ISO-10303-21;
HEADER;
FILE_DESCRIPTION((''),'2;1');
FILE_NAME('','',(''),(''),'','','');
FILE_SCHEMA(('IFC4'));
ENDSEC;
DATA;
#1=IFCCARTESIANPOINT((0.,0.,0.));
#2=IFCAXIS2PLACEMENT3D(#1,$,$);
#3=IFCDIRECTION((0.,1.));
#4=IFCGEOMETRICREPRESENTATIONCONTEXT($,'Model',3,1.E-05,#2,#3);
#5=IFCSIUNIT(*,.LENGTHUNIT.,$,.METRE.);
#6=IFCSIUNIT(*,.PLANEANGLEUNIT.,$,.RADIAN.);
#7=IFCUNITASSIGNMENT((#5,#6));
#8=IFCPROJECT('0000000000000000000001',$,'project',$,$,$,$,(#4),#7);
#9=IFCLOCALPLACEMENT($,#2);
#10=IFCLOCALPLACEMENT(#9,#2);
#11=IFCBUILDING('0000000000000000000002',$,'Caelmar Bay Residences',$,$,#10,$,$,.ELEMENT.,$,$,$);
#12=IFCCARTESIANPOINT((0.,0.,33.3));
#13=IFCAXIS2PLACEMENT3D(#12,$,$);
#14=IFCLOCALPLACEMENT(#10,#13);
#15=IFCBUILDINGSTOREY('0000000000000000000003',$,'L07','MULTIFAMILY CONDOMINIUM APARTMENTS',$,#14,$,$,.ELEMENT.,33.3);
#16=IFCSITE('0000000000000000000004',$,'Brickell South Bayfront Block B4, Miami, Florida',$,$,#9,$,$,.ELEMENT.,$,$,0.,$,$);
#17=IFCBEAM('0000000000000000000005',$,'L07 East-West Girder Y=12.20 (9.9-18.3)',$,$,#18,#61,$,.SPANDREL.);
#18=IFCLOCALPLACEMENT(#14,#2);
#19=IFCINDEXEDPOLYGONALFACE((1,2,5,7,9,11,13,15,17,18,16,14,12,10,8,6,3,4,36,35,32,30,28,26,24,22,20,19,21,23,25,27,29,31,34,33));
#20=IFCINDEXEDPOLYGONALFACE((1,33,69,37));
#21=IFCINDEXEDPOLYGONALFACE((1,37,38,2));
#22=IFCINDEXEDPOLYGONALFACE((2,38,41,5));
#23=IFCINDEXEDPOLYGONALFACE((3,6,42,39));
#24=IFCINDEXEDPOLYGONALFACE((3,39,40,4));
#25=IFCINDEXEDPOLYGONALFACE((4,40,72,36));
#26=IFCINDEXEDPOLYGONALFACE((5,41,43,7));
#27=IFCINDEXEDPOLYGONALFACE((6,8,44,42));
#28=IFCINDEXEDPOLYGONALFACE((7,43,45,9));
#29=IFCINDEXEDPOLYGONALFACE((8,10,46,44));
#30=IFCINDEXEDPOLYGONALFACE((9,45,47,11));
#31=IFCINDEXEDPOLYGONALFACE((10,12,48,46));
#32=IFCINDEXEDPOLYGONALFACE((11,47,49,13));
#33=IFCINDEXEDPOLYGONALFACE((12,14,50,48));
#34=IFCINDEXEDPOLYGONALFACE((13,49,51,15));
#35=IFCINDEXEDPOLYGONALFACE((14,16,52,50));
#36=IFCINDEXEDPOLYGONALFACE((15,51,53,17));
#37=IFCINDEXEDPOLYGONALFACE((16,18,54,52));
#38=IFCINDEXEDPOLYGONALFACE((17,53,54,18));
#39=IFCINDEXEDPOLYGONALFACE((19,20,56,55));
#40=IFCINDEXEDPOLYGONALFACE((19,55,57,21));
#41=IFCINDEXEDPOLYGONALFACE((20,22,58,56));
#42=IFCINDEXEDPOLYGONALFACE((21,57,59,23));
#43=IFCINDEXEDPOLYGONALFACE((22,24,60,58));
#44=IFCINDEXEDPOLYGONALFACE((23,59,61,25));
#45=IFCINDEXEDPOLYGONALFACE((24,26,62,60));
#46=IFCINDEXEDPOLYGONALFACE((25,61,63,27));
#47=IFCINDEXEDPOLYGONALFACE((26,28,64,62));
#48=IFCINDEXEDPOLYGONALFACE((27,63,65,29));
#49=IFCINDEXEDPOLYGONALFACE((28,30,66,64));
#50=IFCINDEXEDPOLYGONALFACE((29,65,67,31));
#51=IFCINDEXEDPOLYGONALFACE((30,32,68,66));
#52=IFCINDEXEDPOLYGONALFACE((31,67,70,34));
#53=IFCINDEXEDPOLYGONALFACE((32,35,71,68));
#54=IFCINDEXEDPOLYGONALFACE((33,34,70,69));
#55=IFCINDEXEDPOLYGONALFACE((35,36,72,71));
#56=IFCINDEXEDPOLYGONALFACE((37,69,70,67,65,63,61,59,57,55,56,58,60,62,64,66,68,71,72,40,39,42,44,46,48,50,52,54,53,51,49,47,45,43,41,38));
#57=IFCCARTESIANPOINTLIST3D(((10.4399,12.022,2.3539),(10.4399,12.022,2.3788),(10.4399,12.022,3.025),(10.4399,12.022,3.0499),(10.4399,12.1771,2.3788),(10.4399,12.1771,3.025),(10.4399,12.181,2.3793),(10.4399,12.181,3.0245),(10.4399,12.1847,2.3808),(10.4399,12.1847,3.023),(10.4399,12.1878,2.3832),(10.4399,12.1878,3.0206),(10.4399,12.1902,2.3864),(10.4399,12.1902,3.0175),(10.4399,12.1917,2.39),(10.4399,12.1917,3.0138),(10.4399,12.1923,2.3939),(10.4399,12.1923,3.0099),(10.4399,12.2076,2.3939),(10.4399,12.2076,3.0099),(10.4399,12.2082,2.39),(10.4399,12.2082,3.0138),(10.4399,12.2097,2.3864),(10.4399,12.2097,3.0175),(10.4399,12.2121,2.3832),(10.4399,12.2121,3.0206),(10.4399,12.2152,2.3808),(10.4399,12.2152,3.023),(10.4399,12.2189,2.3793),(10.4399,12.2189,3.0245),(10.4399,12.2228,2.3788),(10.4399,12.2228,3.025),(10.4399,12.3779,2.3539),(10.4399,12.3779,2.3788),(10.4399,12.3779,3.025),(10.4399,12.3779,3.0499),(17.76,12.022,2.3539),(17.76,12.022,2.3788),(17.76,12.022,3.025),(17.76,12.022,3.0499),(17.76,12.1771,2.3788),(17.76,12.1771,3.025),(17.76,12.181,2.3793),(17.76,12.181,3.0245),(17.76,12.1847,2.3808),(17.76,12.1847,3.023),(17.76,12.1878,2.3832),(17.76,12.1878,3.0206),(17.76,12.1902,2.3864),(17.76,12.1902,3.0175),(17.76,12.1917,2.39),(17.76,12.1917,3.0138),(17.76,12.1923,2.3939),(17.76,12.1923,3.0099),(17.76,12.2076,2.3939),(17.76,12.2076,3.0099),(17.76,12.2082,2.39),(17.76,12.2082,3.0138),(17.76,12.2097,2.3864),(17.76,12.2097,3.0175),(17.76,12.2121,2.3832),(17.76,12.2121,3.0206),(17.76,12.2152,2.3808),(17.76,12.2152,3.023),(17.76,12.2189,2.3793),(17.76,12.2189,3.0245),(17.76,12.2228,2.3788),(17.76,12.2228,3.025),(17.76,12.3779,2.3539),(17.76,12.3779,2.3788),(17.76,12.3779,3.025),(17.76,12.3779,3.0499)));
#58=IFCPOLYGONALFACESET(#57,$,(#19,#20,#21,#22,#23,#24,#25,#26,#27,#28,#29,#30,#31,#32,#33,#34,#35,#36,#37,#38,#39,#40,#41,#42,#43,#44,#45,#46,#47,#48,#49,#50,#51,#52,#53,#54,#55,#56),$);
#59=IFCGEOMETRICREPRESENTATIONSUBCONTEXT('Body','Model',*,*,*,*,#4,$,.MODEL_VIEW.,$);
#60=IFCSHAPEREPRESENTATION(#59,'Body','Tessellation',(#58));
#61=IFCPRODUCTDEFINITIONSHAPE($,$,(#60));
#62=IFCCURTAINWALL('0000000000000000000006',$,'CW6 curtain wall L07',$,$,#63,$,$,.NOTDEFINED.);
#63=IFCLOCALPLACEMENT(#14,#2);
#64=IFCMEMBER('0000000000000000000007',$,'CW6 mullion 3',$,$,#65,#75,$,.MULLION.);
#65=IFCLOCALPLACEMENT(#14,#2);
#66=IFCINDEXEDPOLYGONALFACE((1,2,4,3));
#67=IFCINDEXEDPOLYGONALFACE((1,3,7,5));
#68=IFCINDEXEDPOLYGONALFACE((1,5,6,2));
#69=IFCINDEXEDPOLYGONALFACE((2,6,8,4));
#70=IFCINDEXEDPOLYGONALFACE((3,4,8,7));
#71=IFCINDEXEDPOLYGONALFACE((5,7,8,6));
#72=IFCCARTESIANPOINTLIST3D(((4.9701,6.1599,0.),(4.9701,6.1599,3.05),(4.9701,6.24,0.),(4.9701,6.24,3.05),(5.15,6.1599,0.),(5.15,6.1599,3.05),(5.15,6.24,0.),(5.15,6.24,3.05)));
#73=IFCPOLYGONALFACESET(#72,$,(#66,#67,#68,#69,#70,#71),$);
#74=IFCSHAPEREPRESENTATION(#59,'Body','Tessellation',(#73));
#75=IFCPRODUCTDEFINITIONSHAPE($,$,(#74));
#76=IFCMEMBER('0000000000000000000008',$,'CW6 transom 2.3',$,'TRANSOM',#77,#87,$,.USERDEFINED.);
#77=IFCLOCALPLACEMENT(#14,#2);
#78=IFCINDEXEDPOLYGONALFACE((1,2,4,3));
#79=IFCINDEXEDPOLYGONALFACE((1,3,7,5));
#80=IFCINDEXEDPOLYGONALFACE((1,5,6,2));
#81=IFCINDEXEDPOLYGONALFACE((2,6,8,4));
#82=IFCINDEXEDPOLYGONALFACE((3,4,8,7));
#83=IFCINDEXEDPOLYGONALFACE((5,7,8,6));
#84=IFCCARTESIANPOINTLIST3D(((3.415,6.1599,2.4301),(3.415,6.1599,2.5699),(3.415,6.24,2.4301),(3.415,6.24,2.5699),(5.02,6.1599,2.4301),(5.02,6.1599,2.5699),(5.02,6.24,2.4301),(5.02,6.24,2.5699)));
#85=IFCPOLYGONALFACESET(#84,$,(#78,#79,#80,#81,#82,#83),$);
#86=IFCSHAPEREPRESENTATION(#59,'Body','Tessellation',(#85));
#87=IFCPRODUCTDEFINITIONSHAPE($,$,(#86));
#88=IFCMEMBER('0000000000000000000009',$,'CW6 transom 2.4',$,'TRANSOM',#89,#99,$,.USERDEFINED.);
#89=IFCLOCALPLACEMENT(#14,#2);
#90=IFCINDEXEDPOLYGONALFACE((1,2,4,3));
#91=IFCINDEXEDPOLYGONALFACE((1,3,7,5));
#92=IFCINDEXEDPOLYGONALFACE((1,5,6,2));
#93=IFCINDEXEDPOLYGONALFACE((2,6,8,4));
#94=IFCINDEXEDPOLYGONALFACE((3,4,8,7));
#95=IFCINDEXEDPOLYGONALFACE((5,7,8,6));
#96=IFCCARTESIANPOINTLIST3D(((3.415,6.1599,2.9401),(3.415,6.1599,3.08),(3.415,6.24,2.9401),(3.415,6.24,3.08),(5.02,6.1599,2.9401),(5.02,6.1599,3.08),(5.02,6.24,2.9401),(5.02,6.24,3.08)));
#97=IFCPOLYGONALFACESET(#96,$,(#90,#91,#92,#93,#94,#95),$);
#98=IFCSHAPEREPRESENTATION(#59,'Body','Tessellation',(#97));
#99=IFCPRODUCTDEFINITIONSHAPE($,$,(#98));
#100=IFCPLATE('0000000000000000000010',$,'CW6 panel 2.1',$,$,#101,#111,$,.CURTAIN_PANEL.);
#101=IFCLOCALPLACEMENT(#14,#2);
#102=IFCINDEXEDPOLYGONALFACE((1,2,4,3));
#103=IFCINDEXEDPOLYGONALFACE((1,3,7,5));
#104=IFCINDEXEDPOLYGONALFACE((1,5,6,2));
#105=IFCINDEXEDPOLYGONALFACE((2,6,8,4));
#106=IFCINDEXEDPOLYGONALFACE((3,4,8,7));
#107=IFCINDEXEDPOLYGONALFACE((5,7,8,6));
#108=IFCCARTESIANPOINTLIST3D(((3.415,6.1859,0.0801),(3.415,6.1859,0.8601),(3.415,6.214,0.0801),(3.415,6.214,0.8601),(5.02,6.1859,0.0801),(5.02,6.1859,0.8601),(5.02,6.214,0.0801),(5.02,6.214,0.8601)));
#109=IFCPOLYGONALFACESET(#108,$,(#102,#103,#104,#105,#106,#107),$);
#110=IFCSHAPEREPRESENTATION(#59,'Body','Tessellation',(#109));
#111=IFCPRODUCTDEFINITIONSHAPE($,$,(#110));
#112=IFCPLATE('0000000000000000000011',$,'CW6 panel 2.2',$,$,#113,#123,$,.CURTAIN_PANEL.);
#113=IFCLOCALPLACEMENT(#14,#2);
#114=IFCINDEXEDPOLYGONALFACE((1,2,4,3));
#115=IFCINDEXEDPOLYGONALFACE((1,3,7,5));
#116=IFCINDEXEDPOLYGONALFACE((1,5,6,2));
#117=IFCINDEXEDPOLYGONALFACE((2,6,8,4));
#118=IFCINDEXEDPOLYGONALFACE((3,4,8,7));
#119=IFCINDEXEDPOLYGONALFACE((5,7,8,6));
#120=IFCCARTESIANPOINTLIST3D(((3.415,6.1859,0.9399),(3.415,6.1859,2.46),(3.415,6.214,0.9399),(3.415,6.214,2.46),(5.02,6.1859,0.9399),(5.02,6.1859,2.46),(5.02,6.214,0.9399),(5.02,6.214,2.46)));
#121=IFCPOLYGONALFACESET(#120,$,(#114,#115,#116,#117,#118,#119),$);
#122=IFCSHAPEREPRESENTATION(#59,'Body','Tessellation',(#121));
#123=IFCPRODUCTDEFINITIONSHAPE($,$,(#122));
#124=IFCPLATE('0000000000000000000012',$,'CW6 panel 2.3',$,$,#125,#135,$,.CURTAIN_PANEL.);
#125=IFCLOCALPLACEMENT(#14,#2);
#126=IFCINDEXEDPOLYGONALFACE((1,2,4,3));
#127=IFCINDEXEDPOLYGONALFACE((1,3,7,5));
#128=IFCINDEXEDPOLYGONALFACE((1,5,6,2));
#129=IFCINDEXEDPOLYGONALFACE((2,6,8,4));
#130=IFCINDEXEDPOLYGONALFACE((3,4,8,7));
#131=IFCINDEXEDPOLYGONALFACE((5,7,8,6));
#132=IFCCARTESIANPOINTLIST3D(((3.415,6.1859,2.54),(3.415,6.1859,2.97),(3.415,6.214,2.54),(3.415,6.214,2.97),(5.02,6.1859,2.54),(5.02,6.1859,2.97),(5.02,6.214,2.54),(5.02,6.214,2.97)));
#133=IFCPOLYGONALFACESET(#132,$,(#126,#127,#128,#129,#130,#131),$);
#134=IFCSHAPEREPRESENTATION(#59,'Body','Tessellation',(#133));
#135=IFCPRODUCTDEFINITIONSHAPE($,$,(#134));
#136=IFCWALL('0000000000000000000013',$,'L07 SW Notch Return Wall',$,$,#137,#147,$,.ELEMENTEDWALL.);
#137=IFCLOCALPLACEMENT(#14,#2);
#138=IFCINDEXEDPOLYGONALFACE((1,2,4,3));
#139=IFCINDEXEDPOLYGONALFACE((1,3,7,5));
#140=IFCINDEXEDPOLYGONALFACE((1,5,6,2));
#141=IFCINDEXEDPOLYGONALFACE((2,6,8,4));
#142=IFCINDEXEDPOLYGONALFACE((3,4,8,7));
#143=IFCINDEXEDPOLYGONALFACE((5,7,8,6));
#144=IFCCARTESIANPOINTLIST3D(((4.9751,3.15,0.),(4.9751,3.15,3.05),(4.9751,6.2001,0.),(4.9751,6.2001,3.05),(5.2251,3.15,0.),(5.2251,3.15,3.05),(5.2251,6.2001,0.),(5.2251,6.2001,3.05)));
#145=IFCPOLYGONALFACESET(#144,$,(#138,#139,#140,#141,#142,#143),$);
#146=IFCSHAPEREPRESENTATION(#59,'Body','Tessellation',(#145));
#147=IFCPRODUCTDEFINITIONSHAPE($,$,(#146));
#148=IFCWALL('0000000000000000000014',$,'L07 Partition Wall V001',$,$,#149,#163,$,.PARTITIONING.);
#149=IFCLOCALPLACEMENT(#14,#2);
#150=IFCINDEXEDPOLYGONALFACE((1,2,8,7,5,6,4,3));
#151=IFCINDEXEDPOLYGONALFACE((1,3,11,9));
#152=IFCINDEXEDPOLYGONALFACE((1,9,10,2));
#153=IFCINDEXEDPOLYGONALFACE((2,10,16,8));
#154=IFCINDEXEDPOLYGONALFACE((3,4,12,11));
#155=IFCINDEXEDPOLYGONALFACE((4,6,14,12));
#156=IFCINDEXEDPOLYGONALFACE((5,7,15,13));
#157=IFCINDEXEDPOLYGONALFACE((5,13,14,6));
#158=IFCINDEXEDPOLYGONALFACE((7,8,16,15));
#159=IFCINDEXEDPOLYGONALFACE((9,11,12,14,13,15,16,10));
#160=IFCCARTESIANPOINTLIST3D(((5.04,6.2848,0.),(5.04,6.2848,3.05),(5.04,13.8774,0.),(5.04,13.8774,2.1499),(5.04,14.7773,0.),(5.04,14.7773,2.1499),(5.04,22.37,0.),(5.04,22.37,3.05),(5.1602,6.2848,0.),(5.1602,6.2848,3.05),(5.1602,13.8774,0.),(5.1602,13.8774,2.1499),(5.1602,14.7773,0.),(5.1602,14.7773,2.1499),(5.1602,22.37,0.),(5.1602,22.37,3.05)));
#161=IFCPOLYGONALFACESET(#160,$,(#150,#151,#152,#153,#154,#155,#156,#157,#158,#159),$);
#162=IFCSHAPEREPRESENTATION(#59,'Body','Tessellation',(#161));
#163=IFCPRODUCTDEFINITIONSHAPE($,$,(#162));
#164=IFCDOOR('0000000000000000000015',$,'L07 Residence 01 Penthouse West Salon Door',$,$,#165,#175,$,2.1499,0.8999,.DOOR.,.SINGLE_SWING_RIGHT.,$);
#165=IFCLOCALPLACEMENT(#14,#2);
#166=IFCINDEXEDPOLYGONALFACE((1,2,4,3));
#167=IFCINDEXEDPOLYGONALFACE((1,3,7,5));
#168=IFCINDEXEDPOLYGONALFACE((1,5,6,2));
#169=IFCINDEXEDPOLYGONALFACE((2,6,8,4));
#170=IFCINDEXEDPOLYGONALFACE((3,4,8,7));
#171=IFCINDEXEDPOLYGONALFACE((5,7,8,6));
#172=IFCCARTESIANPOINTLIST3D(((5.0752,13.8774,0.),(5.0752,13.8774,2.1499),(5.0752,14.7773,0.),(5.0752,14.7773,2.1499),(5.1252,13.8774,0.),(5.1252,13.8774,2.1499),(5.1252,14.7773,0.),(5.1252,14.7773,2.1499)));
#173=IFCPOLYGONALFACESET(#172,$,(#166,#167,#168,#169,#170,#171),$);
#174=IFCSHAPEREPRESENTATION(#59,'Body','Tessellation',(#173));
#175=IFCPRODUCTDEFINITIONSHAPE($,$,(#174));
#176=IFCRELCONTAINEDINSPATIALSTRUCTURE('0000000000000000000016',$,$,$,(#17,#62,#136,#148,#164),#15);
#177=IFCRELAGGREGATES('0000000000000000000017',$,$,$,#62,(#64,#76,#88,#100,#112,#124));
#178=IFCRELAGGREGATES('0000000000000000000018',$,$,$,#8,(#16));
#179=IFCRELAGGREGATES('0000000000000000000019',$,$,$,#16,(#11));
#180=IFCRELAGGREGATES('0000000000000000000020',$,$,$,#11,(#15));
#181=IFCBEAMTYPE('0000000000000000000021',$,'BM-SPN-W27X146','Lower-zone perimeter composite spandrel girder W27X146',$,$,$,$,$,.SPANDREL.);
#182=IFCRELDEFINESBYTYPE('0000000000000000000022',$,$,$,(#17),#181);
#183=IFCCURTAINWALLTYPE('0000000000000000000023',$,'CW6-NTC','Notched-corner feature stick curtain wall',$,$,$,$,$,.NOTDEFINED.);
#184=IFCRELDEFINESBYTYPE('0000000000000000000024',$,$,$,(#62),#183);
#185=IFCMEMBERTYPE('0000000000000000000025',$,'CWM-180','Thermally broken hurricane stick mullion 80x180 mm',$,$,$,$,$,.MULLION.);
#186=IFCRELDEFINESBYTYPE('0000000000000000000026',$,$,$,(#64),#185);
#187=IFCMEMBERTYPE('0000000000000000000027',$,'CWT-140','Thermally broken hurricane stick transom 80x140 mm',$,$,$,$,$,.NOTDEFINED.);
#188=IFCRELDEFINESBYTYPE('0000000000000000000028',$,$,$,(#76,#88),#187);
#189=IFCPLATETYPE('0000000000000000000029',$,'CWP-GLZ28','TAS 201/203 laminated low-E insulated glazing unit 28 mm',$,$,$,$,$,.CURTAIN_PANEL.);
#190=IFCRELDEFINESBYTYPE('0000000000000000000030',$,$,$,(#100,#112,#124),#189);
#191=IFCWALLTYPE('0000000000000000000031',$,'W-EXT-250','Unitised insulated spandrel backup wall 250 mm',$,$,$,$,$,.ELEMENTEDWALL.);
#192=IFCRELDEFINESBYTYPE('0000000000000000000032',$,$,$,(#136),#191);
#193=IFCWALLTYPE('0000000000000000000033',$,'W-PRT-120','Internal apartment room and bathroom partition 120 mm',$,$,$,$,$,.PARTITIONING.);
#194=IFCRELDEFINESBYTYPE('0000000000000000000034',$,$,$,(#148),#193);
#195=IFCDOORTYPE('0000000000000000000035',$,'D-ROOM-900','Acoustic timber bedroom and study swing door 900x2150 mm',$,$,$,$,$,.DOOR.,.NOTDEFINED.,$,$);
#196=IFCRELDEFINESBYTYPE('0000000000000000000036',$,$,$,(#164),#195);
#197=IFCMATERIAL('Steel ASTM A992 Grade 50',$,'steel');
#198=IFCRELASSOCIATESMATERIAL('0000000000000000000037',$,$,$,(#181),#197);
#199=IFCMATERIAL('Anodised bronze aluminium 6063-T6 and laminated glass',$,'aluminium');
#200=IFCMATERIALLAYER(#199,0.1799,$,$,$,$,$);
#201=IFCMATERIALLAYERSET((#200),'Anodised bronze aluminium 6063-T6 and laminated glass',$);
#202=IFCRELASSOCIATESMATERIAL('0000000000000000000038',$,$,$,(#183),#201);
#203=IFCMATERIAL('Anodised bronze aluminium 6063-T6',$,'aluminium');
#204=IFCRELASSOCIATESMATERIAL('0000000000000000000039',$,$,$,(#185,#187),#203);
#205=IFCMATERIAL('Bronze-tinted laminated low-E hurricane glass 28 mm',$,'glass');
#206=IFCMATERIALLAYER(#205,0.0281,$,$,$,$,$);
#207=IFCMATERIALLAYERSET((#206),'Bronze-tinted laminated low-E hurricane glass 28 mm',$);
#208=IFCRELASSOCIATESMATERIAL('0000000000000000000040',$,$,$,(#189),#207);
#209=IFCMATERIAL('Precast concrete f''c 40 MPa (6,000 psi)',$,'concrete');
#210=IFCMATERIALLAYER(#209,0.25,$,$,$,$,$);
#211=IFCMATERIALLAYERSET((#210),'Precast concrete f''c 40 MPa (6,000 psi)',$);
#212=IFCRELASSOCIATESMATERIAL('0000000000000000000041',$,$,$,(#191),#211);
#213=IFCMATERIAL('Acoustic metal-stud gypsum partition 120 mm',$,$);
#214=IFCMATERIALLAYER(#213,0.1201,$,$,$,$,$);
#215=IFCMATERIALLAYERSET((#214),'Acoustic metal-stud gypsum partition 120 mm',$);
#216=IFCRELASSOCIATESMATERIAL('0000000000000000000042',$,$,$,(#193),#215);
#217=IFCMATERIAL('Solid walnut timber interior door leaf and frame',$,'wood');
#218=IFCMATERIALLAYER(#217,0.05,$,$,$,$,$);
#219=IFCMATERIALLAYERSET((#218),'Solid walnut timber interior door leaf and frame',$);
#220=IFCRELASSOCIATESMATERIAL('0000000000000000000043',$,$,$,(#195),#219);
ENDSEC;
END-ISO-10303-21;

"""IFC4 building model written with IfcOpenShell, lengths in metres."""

from ifc_helpers import new_model, si_unit, direction, frame, frame_2d, origin, origin_2d, place, context, subcontext, project, spatial, rectangle, i_section, extrude, material, layer, layer_set, material_profile, profile_set, type_object, element, fill, aggregate, save


model = new_model("IFC4")

# Units and contexts
model_context = context("Model", 3, precision=1e-05, world=origin(), true_north=direction((0.0, 1.0)))
body_context = subcontext(model_context, "Body", "Model", "MODEL_VIEW")
ifc_project = project(units=[si_unit("LENGTHUNIT", "METRE"), si_unit("PLANEANGLEUNIT", "RADIAN")], contexts=[model_context])

# Site, building, storey
site_placement = place(None, origin())
site = spatial("IfcSite", under=ifc_project, at=site_placement, Name="Brickell South Bayfront Block B4, Miami, Florida", CompositionType="ELEMENT", RefElevation=0.0)
building_placement = place(site_placement, origin())
building = spatial("IfcBuilding", under=site, at=building_placement, Name="Caelmar Bay Residences", CompositionType="ELEMENT")
storey_placement = place(building_placement, frame((0.0, 0.0, 33.3)))
storey = spatial("IfcBuildingStorey", under=building, at=storey_placement, Name="L07", Description="MULTIFAMILY CONDOMINIUM APARTMENTS", CompositionType="ELEMENT", Elevation=33.3)

# Beam
ifc_material_1 = material(Name="Steel ASTM A992 Grade 50", Category="steel")
ifc_material_profile_1 = material_profile(ifc_material_1, i_section(OverallWidth=0.356, OverallDepth=0.696, WebThickness=0.0154, FlangeThickness=0.0249, FilletRadius=0.0151, at=origin_2d()), Name="W27X146")
ifc_profile_set_1 = profile_set([ifc_material_profile_1], Name="Steel ASTM A992 Grade 50")
beam_type_1 = type_object("IfcBeamType", Name="BM-SPN-W27X146", Description="Lower-zone perimeter composite spandrel girder W27X146", PredefinedType="SPANDREL", material=ifc_profile_set_1)
beam_1_placement = place(storey_placement, frame((10.4399, 12.2, 2.7019), z_axis=(1.0, 0.0, 0.0), x_axis=(0.0, 1.0, 0.0)))
element("IfcBeam", 1, at=beam_1_placement, inside=storey, type_object=beam_type_1, Name="L07 East-West Girder Y=12.20 (9.9-18.3)", PredefinedType="SPANDREL", context=body_context, shape_type="SweptSolid", body=[
    extrude(i_section(OverallWidth=0.356, OverallDepth=0.696, WebThickness=0.0154, FlangeThickness=0.0249, FilletRadius=0.0151, at=origin_2d()), origin(), (0.0, 0.0, 1.0), 7.3201),
])

# Curtain wall, members, plates
ifc_material_2 = material(Name="Anodised bronze aluminium 6063-T6 and laminated glass", Category="aluminium")
ifc_layer_1 = layer(ifc_material_2, 0.1799)
ifc_layer_set_1 = layer_set([ifc_layer_1], Name="Anodised bronze aluminium 6063-T6 and laminated glass")
curtain_wall_type = type_object("IfcCurtainWallType", Name="CW6-NTC", Description="Notched-corner feature stick curtain wall", PredefinedType="NOTDEFINED", material=ifc_layer_set_1)
curtain_wall_placement = place(storey_placement, origin())
curtain_wall = element("IfcCurtainWall", 2, at=curtain_wall_placement, inside=storey, type_object=curtain_wall_type, Name="CW6 curtain wall L07", PredefinedType="NOTDEFINED")
ifc_material_3 = material(Name="Anodised bronze aluminium 6063-T6", Category="aluminium")
ifc_material_profile_2 = material_profile(ifc_material_3, rectangle(XDim=0.0801, YDim=0.1799, at=origin_2d()), Name="CWM-80X180")
ifc_profile_set_2 = profile_set([ifc_material_profile_2], Name="Anodised bronze aluminium 6063-T6")
member_type_1 = type_object("IfcMemberType", Name="CWM-180", Description="Thermally broken hurricane stick mullion 80x180 mm", PredefinedType="MULLION", material=ifc_profile_set_2)
member_1_placement = place(storey_placement, frame((5.0601, 6.2, 0.0), z_axis=(0.0, 0.0, 1.0), x_axis=(0.0, 1.0, 0.0)))
member_1 = element("IfcMember", 3, at=member_1_placement, type_object=member_type_1, Name="CW6 mullion 3", PredefinedType="MULLION", context=body_context, shape_type="SweptSolid", body=[
    extrude(rectangle(XDim=0.0801, YDim=0.1799, at=origin_2d()), origin(), (0.0, 0.0, 1.0), 3.05),
])
ifc_material_profile_3 = material_profile(ifc_material_3, rectangle(XDim=0.0801, YDim=0.1399, at=origin_2d()), Name="CWT-80X140")
ifc_profile_set_3 = profile_set([ifc_material_profile_3], Name="Anodised bronze aluminium 6063-T6")
member_type_2 = type_object("IfcMemberType", Name="CWT-140", Description="Thermally broken hurricane stick transom 80x140 mm", PredefinedType="NOTDEFINED", material=ifc_profile_set_3)
member_2_placement = place(storey_placement, frame((3.415, 6.2, 2.5), z_axis=(1.0, 0.0, 0.0), x_axis=(0.0, 1.0, 0.0)))
member_2 = element("IfcMember", 4, at=member_2_placement, type_object=member_type_2, Name="CW6 transom 2.3", ObjectType="TRANSOM", PredefinedType="USERDEFINED", context=body_context, shape_type="SweptSolid", body=[
    extrude(rectangle(XDim=0.0801, YDim=0.1399, at=origin_2d()), origin(), (0.0, 0.0, 1.0), 1.605),
])
member_3_placement = place(storey_placement, frame((3.415, 6.2, 3.01), z_axis=(1.0, 0.0, 0.0), x_axis=(0.0, 1.0, 0.0)))
member_3 = element("IfcMember", 5, at=member_3_placement, type_object=member_type_2, Name="CW6 transom 2.4", ObjectType="TRANSOM", PredefinedType="USERDEFINED", context=body_context, shape_type="SweptSolid", body=[
    extrude(rectangle(XDim=0.0801, YDim=0.1399, at=origin_2d()), origin(), (0.0, 0.0, 1.0), 1.605),
])
ifc_material_4 = material(Name="Bronze-tinted laminated low-E hurricane glass 28 mm", Category="glass")
ifc_layer_2 = layer(ifc_material_4, 0.0281)
ifc_layer_set_2 = layer_set([ifc_layer_2], Name="Bronze-tinted laminated low-E hurricane glass 28 mm")
plate_type = type_object("IfcPlateType", Name="CWP-GLZ28", Description="TAS 201/203 laminated low-E insulated glazing unit 28 mm", PredefinedType="CURTAIN_PANEL", material=ifc_layer_set_2)
plate_1_placement = place(storey_placement, frame((4.2175, 6.2, 0.0801), z_axis=(0.0, 0.0, 1.0), x_axis=(1.0, 0.0, 0.0)))
plate_1 = element("IfcPlate", 6, at=plate_1_placement, type_object=plate_type, Name="CW6 panel 2.1", PredefinedType="CURTAIN_PANEL", context=body_context, shape_type="SweptSolid", body=[
    extrude(rectangle(XDim=1.605, YDim=0.0281, at=origin_2d()), origin(), (0.0, 0.0, 1.0), 0.78),
])
plate_2_placement = place(storey_placement, frame((4.2175, 6.2, 0.9399), z_axis=(0.0, 0.0, 1.0), x_axis=(1.0, 0.0, 0.0)))
plate_2 = element("IfcPlate", 7, at=plate_2_placement, type_object=plate_type, Name="CW6 panel 2.2", PredefinedType="CURTAIN_PANEL", context=body_context, shape_type="SweptSolid", body=[
    extrude(rectangle(XDim=1.605, YDim=0.0281, at=origin_2d()), origin(), (0.0, 0.0, 1.0), 1.52),
])
plate_3_placement = place(storey_placement, frame((4.2175, 6.2, 2.54), z_axis=(0.0, 0.0, 1.0), x_axis=(1.0, 0.0, 0.0)))
plate_3 = element("IfcPlate", 8, at=plate_3_placement, type_object=plate_type, Name="CW6 panel 2.3", PredefinedType="CURTAIN_PANEL", context=body_context, shape_type="SweptSolid", body=[
    extrude(rectangle(XDim=1.605, YDim=0.0281, at=origin_2d()), origin(), (0.0, 0.0, 1.0), 0.4299),
])
aggregate(curtain_wall, [member_1, member_2, member_3, plate_1, plate_2, plate_3])

# Wall
ifc_material_5 = material(Name="Precast concrete f'c 40 MPa (6,000 psi)", Category="concrete")
ifc_layer_3 = layer(ifc_material_5, 0.25)
ifc_layer_set_3 = layer_set([ifc_layer_3], Name="Precast concrete f'c 40 MPa (6,000 psi)")
wall_type_1 = type_object("IfcWallType", Name="W-EXT-250", Description="Unitised insulated spandrel backup wall 250 mm", PredefinedType="ELEMENTEDWALL", material=ifc_layer_set_3)
wall_1_placement = place(storey_placement, frame((5.1001, 6.2, 0.0), z_axis=(0.0, 0.0, 1.0), x_axis=(0.0, -1.0, 0.0)))
element("IfcWall", 9, at=wall_1_placement, inside=storey, type_object=wall_type_1, Name="L07 SW Notch Return Wall", PredefinedType="ELEMENTEDWALL", context=body_context, shape_type="SweptSolid", body=[
    extrude(rectangle(XDim=3.05, YDim=0.25, at=frame_2d((1.5249, 0.0))), origin(), (0.0, 0.0, 1.0), 3.05),
])

# Wall, opening, door
ifc_material_6 = material(Name="Acoustic metal-stud gypsum partition 120 mm")
ifc_layer_4 = layer(ifc_material_6, 0.1201)
ifc_layer_set_4 = layer_set([ifc_layer_4], Name="Acoustic metal-stud gypsum partition 120 mm")
wall_type_2 = type_object("IfcWallType", Name="W-PRT-120", Description="Internal apartment room and bathroom partition 120 mm", PredefinedType="PARTITIONING", material=ifc_layer_set_4)
wall_2_placement = place(storey_placement, frame((5.1001, 6.2849, 0.0), z_axis=(0.0, 0.0, 1.0), x_axis=(0.0, 1.0, 0.0)))
wall_2 = element("IfcWall", 10, at=wall_2_placement, inside=storey, type_object=wall_type_2, Name="L07 Partition Wall V001", PredefinedType="PARTITIONING", context=body_context, shape_type="SweptSolid", body=[
    extrude(rectangle(XDim=16.0852, YDim=0.1201, at=frame_2d((8.0425, 0.0))), origin(), (0.0, 0.0, 1.0), 3.05),
])
opening_1_placement = place(wall_2_placement, frame((7.5925, 0.0, 0.0)))
opening_1 = element("IfcOpeningElement", 11, at=opening_1_placement, cuts=wall_2, PredefinedType="OPENING", context=body_context, shape_type="SweptSolid", body=[
    extrude(rectangle(XDim=0.8999, YDim=2.1499, at=frame_2d((0.45, 1.075))), frame((0.0, 0.0701, 0.0), z_axis=(0.0, -1.0, 0.0), x_axis=(1.0, 0.0, 0.0)), (0.0, 0.0, 1.0), 0.1401),
])
ifc_material_7 = material(Name="Solid walnut timber interior door leaf and frame", Category="wood")
ifc_layer_5 = layer(ifc_material_7, 0.05)
ifc_layer_set_5 = layer_set([ifc_layer_5], Name="Solid walnut timber interior door leaf and frame")
door_type = type_object("IfcDoorType", Name="D-ROOM-900", Description="Acoustic timber bedroom and study swing door 900x2150 mm", OperationType="NOTDEFINED", PredefinedType="DOOR", material=ifc_layer_set_5)
door_1_placement = place(opening_1_placement, origin())
door_1 = element("IfcDoor", 12, at=door_1_placement, inside=storey, type_object=door_type, Name="L07 Residence 01 Penthouse West Salon Door", OperationType="SINGLE_SWING_RIGHT", OverallHeight=2.1499, OverallWidth=0.8999, PredefinedType="DOOR", context=body_context, shape_type="SweptSolid", body=[
    extrude(rectangle(XDim=0.8999, YDim=2.1499, at=frame_2d((0.45, 1.075))), frame((0.0, 0.0249, 0.0), z_axis=(0.0, -1.0, 0.0), x_axis=(1.0, 0.0, 0.0)), (0.0, 0.0, 1.0), 0.05),
])
fill(opening_1, door_1)

save(model, "model.ifc")
